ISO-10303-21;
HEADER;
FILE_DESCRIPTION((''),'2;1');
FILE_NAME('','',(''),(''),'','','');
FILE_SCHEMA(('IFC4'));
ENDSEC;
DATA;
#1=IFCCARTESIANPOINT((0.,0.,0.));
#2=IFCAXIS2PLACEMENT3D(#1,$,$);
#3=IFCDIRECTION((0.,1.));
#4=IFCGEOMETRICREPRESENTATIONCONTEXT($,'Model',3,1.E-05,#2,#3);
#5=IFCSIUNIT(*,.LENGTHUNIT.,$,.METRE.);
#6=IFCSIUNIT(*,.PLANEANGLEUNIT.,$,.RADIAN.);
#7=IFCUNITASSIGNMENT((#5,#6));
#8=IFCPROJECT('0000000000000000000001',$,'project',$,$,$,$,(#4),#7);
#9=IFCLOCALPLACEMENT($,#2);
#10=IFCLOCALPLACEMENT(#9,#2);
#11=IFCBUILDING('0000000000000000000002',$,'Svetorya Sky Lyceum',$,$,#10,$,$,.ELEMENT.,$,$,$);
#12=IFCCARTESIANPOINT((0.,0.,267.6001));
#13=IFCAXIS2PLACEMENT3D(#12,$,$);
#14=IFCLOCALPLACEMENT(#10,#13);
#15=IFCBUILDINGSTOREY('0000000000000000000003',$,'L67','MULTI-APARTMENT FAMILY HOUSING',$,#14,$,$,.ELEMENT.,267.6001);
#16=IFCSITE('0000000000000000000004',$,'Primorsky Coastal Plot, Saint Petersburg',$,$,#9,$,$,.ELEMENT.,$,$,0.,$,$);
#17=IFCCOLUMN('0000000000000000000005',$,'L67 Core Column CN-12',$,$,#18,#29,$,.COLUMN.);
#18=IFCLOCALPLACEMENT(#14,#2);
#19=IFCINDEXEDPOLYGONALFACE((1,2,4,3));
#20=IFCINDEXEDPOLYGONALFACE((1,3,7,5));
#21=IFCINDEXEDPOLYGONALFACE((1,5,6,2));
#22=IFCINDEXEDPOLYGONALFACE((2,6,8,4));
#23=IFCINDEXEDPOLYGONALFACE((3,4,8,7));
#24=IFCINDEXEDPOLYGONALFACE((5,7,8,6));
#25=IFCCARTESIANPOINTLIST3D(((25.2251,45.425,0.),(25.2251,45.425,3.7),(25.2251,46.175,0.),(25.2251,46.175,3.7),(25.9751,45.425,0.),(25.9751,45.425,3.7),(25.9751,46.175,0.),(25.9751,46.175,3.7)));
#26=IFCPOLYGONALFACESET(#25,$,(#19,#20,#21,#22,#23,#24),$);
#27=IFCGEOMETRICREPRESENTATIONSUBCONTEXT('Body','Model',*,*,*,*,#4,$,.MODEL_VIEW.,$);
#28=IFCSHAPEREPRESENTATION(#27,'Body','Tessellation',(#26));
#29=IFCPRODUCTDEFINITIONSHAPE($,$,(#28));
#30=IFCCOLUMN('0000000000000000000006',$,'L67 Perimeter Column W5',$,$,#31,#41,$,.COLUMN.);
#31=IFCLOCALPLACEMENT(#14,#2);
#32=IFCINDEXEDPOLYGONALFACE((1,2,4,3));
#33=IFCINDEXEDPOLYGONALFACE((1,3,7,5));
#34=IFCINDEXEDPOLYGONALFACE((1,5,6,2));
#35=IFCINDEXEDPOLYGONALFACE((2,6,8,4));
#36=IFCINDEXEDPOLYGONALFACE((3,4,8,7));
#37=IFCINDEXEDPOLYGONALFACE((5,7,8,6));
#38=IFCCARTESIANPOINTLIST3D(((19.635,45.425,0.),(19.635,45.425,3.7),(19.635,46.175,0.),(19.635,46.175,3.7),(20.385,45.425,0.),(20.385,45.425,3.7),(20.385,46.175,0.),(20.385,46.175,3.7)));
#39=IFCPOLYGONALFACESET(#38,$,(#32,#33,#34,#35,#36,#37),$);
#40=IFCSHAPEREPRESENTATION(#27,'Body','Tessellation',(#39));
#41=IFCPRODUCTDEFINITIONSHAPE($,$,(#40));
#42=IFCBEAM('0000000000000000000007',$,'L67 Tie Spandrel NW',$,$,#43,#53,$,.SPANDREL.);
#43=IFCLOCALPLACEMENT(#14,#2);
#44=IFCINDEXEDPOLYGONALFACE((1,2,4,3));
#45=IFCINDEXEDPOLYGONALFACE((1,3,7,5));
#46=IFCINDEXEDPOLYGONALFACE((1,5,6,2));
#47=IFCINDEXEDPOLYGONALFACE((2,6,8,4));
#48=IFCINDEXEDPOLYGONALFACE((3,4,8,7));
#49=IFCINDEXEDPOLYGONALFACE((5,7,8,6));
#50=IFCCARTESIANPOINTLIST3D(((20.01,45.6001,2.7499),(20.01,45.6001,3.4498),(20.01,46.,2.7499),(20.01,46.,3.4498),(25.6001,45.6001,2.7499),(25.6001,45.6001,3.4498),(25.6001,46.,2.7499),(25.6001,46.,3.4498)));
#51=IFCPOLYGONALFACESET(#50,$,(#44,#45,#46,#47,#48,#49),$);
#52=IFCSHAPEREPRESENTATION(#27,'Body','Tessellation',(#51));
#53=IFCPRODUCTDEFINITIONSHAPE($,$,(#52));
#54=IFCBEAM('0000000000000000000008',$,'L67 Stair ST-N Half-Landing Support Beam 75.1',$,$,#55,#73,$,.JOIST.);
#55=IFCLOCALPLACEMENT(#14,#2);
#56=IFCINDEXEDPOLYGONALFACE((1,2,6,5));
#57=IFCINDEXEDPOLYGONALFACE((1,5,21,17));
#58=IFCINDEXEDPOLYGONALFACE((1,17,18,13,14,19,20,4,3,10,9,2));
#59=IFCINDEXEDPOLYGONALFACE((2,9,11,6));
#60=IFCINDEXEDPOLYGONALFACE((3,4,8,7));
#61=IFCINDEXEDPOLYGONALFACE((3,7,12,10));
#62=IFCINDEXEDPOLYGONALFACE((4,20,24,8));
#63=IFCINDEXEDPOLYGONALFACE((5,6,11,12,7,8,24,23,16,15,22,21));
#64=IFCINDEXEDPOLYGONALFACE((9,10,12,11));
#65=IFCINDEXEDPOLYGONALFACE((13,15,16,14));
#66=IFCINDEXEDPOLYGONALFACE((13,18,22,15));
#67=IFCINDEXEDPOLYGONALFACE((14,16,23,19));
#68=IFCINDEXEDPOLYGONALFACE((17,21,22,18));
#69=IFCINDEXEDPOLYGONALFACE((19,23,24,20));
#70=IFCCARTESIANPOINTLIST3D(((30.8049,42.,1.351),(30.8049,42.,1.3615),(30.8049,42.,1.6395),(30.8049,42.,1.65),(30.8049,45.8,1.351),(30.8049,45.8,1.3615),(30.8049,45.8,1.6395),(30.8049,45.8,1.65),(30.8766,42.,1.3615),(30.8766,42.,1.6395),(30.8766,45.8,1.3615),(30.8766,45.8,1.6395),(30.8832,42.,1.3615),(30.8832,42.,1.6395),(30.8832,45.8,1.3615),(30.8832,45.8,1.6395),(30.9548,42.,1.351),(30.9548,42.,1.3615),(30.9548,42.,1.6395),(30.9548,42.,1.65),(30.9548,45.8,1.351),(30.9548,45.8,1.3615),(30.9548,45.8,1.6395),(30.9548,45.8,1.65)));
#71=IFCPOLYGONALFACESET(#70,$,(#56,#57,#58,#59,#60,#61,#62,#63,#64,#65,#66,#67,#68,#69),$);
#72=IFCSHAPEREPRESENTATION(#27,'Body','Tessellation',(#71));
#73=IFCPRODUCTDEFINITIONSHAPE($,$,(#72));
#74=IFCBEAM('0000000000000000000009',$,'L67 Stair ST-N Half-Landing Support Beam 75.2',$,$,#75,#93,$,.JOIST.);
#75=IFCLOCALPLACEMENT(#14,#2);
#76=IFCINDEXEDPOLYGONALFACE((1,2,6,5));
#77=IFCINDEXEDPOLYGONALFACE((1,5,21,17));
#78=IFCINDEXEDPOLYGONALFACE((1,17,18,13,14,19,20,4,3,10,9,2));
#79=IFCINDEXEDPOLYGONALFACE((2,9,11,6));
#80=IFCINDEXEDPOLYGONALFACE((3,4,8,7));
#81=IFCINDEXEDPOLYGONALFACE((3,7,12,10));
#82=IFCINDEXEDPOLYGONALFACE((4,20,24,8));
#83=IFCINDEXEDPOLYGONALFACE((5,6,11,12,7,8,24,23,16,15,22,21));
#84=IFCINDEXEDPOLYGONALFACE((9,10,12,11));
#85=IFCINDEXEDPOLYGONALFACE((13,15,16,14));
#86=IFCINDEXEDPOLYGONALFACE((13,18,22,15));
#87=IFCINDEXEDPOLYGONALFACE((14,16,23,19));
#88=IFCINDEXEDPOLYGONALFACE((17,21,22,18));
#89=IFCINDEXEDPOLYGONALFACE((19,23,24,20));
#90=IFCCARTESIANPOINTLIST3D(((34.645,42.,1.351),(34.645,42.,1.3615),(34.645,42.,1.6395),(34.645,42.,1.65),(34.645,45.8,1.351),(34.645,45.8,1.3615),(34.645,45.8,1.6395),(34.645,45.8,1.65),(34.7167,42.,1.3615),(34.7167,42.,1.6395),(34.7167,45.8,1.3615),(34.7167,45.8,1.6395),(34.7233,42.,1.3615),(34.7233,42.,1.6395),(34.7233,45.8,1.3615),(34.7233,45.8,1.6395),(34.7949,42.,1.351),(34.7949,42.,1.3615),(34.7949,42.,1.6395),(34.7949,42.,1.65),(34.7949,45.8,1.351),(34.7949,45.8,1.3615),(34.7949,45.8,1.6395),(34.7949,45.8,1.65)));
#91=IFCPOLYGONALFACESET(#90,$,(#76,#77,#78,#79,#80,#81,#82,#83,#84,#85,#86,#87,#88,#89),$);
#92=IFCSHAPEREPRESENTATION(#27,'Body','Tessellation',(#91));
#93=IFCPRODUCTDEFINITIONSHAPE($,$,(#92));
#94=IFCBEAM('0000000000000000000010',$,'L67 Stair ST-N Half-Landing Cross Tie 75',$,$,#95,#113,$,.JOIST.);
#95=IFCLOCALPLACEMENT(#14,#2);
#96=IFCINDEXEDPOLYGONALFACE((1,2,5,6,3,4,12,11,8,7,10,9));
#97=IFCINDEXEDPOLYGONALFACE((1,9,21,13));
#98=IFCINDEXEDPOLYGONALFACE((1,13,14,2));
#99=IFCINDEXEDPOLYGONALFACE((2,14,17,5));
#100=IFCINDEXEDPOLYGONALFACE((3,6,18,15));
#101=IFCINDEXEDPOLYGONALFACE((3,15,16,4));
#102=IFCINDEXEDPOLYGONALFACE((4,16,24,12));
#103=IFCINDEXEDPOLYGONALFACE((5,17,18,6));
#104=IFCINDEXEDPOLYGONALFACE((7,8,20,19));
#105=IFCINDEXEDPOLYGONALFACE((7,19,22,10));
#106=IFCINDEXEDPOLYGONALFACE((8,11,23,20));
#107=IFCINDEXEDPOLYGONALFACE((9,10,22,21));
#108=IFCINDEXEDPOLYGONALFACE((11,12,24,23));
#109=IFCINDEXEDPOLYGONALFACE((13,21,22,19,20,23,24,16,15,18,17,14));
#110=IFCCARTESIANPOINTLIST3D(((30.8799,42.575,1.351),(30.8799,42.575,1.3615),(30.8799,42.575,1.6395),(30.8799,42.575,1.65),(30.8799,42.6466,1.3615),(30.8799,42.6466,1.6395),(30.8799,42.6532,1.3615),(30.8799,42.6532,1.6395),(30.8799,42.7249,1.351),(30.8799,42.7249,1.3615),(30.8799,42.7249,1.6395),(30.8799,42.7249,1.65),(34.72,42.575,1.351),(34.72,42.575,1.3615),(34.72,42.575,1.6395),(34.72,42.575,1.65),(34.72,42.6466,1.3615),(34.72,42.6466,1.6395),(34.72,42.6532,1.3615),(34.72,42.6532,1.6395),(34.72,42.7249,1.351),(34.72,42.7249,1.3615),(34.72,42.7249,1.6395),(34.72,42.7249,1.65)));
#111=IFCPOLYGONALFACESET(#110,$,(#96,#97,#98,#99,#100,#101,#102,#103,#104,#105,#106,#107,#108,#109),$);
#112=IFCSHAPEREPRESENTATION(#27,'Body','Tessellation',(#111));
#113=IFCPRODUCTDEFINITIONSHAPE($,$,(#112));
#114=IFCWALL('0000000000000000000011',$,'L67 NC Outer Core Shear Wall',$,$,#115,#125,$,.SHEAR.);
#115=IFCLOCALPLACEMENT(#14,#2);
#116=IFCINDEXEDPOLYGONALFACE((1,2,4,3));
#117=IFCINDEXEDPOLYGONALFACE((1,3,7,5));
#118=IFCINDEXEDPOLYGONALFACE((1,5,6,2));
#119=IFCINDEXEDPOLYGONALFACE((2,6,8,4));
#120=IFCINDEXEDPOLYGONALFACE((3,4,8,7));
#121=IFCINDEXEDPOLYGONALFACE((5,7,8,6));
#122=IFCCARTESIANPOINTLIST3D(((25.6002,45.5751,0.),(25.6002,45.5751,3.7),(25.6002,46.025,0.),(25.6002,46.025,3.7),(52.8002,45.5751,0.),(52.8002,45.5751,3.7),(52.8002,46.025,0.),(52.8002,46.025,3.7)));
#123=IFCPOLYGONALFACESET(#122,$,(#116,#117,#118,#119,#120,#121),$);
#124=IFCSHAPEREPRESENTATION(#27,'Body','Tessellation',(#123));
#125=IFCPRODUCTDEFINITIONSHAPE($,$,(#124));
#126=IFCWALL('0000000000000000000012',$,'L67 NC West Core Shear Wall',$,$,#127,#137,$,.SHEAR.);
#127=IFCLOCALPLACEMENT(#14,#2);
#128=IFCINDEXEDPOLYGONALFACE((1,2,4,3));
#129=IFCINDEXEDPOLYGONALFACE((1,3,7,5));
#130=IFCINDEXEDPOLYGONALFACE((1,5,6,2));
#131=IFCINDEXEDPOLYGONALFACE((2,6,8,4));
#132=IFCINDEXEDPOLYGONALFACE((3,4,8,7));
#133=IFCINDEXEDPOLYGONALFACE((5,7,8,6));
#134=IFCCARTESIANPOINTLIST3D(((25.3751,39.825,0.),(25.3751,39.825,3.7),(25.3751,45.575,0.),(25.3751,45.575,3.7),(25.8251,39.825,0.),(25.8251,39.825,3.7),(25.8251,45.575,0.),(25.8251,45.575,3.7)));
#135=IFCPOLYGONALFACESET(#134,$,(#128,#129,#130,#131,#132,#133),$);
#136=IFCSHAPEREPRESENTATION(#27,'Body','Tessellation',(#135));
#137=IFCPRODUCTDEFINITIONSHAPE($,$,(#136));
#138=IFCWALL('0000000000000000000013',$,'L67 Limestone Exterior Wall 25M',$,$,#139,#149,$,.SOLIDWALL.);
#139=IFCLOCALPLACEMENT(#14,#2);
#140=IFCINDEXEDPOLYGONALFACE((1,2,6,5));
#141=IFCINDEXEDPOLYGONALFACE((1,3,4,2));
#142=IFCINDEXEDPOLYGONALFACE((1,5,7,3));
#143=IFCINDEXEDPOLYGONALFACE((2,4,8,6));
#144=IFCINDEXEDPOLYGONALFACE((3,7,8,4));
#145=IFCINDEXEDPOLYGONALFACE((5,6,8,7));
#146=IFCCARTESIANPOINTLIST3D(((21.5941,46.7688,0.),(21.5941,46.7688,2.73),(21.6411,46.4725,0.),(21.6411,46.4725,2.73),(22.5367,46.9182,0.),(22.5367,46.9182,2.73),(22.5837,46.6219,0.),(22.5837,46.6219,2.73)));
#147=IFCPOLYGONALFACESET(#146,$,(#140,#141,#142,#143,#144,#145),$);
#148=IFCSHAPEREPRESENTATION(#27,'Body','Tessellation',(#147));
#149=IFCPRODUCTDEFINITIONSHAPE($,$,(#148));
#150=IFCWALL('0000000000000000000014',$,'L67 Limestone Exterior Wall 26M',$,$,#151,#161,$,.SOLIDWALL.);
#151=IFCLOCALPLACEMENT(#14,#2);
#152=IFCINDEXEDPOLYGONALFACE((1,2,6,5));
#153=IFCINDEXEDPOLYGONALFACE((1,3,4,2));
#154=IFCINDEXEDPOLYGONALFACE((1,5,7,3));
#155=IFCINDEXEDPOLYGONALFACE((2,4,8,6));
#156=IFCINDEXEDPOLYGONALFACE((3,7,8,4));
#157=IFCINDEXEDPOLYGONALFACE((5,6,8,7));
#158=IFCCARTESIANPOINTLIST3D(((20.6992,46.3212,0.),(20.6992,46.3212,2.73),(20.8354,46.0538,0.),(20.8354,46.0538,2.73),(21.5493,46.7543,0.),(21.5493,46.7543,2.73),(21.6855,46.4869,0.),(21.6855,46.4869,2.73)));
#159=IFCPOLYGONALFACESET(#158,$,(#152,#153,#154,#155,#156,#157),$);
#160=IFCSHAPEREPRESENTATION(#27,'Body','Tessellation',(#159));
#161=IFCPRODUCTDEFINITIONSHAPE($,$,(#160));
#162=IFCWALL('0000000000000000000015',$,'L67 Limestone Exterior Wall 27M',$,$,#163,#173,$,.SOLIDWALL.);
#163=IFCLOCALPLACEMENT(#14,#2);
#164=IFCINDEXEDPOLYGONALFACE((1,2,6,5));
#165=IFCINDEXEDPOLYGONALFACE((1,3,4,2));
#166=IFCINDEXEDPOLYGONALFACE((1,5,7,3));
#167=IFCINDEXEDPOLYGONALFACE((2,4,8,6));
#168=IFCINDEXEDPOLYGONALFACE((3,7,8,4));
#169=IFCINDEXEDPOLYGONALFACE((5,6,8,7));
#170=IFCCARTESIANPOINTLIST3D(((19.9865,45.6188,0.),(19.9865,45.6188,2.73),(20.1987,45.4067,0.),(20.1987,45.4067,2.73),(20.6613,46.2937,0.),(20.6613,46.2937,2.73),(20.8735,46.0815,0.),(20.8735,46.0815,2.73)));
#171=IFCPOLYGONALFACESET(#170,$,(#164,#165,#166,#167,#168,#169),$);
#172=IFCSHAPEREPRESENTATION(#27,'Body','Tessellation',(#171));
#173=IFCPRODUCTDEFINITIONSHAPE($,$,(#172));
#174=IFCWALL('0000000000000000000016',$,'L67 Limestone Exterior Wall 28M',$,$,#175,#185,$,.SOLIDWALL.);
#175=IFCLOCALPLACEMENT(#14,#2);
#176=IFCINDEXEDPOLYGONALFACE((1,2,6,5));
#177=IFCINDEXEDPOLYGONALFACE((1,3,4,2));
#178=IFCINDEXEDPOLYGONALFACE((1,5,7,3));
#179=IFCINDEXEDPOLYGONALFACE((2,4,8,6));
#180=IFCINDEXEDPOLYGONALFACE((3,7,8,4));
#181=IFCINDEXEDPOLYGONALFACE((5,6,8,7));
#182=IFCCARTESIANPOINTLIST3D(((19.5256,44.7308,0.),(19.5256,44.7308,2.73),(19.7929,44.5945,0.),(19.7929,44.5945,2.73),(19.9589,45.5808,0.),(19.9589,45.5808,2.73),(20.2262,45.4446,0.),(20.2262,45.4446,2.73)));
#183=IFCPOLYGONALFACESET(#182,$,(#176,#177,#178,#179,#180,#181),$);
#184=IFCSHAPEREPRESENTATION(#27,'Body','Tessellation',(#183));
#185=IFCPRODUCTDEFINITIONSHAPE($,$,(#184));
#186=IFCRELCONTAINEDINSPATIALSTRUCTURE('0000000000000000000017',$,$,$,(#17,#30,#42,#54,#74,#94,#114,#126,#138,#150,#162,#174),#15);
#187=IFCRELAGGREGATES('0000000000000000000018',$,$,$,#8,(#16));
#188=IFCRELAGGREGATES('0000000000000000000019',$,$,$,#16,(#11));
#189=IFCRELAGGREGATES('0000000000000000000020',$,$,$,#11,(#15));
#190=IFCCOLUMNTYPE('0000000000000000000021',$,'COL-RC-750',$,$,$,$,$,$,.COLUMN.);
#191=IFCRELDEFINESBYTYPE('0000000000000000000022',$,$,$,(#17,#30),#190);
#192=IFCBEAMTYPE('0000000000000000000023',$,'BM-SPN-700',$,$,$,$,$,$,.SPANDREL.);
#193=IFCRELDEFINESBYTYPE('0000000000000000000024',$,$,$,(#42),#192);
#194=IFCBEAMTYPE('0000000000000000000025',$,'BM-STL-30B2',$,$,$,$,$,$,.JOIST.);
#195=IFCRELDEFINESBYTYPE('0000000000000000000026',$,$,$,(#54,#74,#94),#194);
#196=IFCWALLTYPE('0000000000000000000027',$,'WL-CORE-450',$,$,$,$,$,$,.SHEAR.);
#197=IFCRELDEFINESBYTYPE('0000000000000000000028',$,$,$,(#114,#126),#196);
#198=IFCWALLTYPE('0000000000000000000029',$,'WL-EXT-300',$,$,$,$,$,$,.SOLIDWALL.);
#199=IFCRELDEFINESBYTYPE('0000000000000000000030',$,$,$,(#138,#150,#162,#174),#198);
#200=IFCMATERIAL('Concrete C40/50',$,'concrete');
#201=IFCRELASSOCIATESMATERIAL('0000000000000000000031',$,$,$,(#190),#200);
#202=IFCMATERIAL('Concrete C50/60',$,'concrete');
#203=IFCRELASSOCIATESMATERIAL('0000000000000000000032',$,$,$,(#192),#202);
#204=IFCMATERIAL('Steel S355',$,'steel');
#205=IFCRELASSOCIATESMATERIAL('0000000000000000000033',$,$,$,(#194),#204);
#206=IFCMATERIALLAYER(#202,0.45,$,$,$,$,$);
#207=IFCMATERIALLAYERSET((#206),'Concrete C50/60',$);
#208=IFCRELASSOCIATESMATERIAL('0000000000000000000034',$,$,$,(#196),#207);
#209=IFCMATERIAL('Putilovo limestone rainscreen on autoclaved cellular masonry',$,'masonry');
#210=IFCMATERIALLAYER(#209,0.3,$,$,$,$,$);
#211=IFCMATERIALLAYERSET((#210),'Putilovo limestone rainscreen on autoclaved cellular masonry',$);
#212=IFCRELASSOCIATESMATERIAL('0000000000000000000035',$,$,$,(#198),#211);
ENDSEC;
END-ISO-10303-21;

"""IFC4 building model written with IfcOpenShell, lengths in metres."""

from ifc_helpers import new_model, si_unit, direction, frame, frame_2d, origin, origin_2d, place, context, subcontext, project, spatial, rectangle, i_section, extrude, material, layer, layer_set, material_profile, profile_set, type_object, element, save


model = new_model("IFC4")

# Units and contexts
model_context = context("Model", 3, precision=1e-05, world=origin(), true_north=direction((0.0, 1.0)))
body_context = subcontext(model_context, "Body", "Model", "MODEL_VIEW")
ifc_project = project(units=[si_unit("LENGTHUNIT", "METRE"), si_unit("PLANEANGLEUNIT", "RADIAN")], contexts=[model_context])

# Site, building, storey
site_placement = place(None, origin())
site = spatial("IfcSite", under=ifc_project, at=site_placement, Name="Primorsky Coastal Plot, Saint Petersburg", CompositionType="ELEMENT", RefElevation=0.0)
building_placement = place(site_placement, origin())
building = spatial("IfcBuilding", under=site, at=building_placement, Name="Svetorya Sky Lyceum", CompositionType="ELEMENT")
storey_placement = place(building_placement, frame((0.0, 0.0, 267.6001)))
storey = spatial("IfcBuildingStorey", under=building, at=storey_placement, Name="L67", Description="MULTI-APARTMENT FAMILY HOUSING", CompositionType="ELEMENT", Elevation=267.6001)

# Columns
ifc_material_1 = material(Name="Concrete C40/50", Category="concrete")
ifc_material_profile_1 = material_profile(ifc_material_1, rectangle(XDim=0.75, YDim=0.75, at=origin_2d()), Name="RC COL 750x750")
ifc_profile_set_1 = profile_set([ifc_material_profile_1], Name="Concrete C40/50")
column_type = type_object("IfcColumnType", Name="COL-RC-750", PredefinedType="COLUMN", material=ifc_profile_set_1)
for number, where, z_axis, x_axis, name in (
    (1, (25.6001, 45.8, 0.0), (0.0, 0.0, 1.0), (1.0, 0.0, 0.0), "L67 Core Column CN-12"),
    (2, (20.01, 45.8, 0.0), (0.0, 0.0, 1.0), (1.0, 0.0, 0.0), "L67 Perimeter Column W5"),
):
    element("IfcColumn", number, at=place(storey_placement, frame(where, z_axis=z_axis, x_axis=x_axis)), inside=storey, type_object=column_type, Name=name, PredefinedType="COLUMN", context=body_context, shape_type="SweptSolid", body=[
        extrude(rectangle(XDim=0.75, YDim=0.75, at=origin_2d()), origin(), (0.0, 0.0, 1.0), 3.7),
    ])

# Beams
ifc_material_2 = material(Name="Concrete C50/60", Category="concrete")
ifc_material_profile_2 = material_profile(ifc_material_2, rectangle(XDim=0.3999, YDim=0.7, at=origin_2d()), Name="RC SPANDREL 400x700")
ifc_profile_set_2 = profile_set([ifc_material_profile_2], Name="Concrete C50/60")
beam_type_1 = type_object("IfcBeamType", Name="BM-SPN-700", PredefinedType="SPANDREL", material=ifc_profile_set_2)
beam_1_placement = place(storey_placement, frame((20.01, 45.8, 3.0999), z_axis=(1.0, 0.0, 0.0), x_axis=(0.0, 1.0, 0.0)))
element("IfcBeam", 3, at=beam_1_placement, inside=storey, type_object=beam_type_1, Name="L67 Tie Spandrel NW", PredefinedType="SPANDREL", context=body_context, shape_type="SweptSolid", body=[
    extrude(rectangle(XDim=0.3999, YDim=0.7, at=origin_2d()), origin(), (0.0, 0.0, 1.0), 5.5901),
])
ifc_material_3 = material(Name="Steel S355", Category="steel")
ifc_material_profile_3 = material_profile(ifc_material_3, i_section(OverallWidth=0.1499, OverallDepth=0.2991, WebThickness=0.0066, FlangeThickness=0.0105, at=origin_2d()), Name="GOST 30B2")
ifc_profile_set_3 = profile_set([ifc_material_profile_3], Name="Steel S355")
beam_type_2 = type_object("IfcBeamType", Name="BM-STL-30B2", PredefinedType="JOIST", material=ifc_profile_set_3)
for number, where, z_axis, x_axis, name in (
    (4, (30.8799, 42.0, 1.5005), (0.0, 1.0, 0.0), (-1.0, 0.0, 0.0), "L67 Stair ST-N Half-Landing Support Beam 75.1"),
    (5, (34.72, 42.0, 1.5005), (0.0, 1.0, 0.0), (-1.0, 0.0, 0.0), "L67 Stair ST-N Half-Landing Support Beam 75.2"),
):
    element("IfcBeam", number, at=place(storey_placement, frame(where, z_axis=z_axis, x_axis=x_axis)), inside=storey, type_object=beam_type_2, Name=name, PredefinedType="JOIST", context=body_context, shape_type="SweptSolid", body=[
        extrude(i_section(OverallWidth=0.1499, OverallDepth=0.2991, WebThickness=0.0066, FlangeThickness=0.0105, at=origin_2d()), origin(), (0.0, 0.0, 1.0), 3.8),
    ])
beam_2_placement = place(storey_placement, frame((30.8799, 42.6499, 1.5005), z_axis=(1.0, 0.0, 0.0), x_axis=(0.0, 1.0, 0.0)))
element("IfcBeam", 6, at=beam_2_placement, inside=storey, type_object=beam_type_2, Name="L67 Stair ST-N Half-Landing Cross Tie 75", PredefinedType="JOIST", context=body_context, shape_type="SweptSolid", body=[
    extrude(i_section(OverallWidth=0.1499, OverallDepth=0.2991, WebThickness=0.0066, FlangeThickness=0.0105, at=origin_2d()), origin(), (0.0, 0.0, 1.0), 3.8401),
])

# Walls
ifc_layer_1 = layer(ifc_material_2, 0.45)
ifc_layer_set_1 = layer_set([ifc_layer_1], Name="Concrete C50/60")
wall_type_1 = type_object("IfcWallType", Name="WL-CORE-450", PredefinedType="SHEAR", material=ifc_layer_set_1)
wall_1_placement = place(storey_placement, frame((25.6001, 45.8, 0.0), z_axis=(0.0, 0.0, 1.0), x_axis=(1.0, 0.0, 0.0)))
element("IfcWall", 7, at=wall_1_placement, inside=storey, type_object=wall_type_1, Name="L67 NC Outer Core Shear Wall", PredefinedType="SHEAR", context=body_context, shape_type="SweptSolid", body=[
    extrude(rectangle(XDim=27.2, YDim=0.45, at=frame_2d((13.6001, 0.0))), origin(), (0.0, 0.0, 1.0), 3.7),
])
wall_2_placement = place(storey_placement, frame((25.6001, 39.825, 0.0), z_axis=(0.0, 0.0, 1.0), x_axis=(0.0, 1.0, 0.0)))
element("IfcWall", 8, at=wall_2_placement, inside=storey, type_object=wall_type_1, Name="L67 NC West Core Shear Wall", PredefinedType="SHEAR", context=body_context, shape_type="SweptSolid", body=[
    extrude(rectangle(XDim=5.75, YDim=0.45, at=frame_2d((2.875, 0.0))), origin(), (0.0, 0.0, 1.0), 3.7),
])
ifc_material_4 = material(Name="Putilovo limestone rainscreen on autoclaved cellular masonry", Category="masonry")
ifc_layer_2 = layer(ifc_material_4, 0.3)
ifc_layer_set_2 = layer_set([ifc_layer_2], Name="Putilovo limestone rainscreen on autoclaved cellular masonry")
wall_type_2 = type_object("IfcWallType", Name="WL-EXT-300", PredefinedType="SOLIDWALL", material=ifc_layer_set_2)
wall_3_placement = place(storey_placement, frame((22.5601, 46.77, 0.0), z_axis=(0.0, 0.0, 1.0), x_axis=(-0.987669, -0.156554, 0.0)))
element("IfcWall", 9, at=wall_3_placement, inside=storey, type_object=wall_type_2, Name="L67 Limestone Exterior Wall 25M", PredefinedType="SOLIDWALL", context=body_context, shape_type="SweptSolid", body=[
    extrude(rectangle(XDim=0.9543, YDim=0.3, at=frame_2d((0.4771, 0.0))), origin(), (0.0, 0.0, 1.0), 2.73),
])
wall_4_placement = place(storey_placement, frame((21.6174, 46.6206, 0.0), z_axis=(0.0, 0.0, 1.0), x_axis=(-0.891024, -0.453956, 0.0)))
element("IfcWall", 10, at=wall_4_placement, inside=storey, type_object=wall_type_2, Name="L67 Limestone Exterior Wall 26M", PredefinedType="SOLIDWALL", context=body_context, shape_type="SweptSolid", body=[
    extrude(rectangle(XDim=0.9541, YDim=0.3, at=frame_2d((0.4771, 0.0))), origin(), (0.0, 0.0, 1.0), 2.73),
])
wall_5_placement = place(storey_placement, frame((20.7673, 46.1875, 0.0), z_axis=(0.0, 0.0, 1.0), x_axis=(-0.707107, -0.707107, 0.0)))
element("IfcWall", 11, at=wall_5_placement, inside=storey, type_object=wall_type_2, Name="L67 Limestone Exterior Wall 27M", PredefinedType="SOLIDWALL", context=body_context, shape_type="SweptSolid", body=[
    extrude(rectangle(XDim=0.9543, YDim=0.3, at=frame_2d((0.4771, 0.0))), origin(), (0.0, 0.0, 1.0), 2.73),
])
wall_6_placement = place(storey_placement, frame((20.0925, 45.5127, 0.0), z_axis=(0.0, 0.0, 1.0), x_axis=(-0.45416, -0.89092, 0.0)))
element("IfcWall", 12, at=wall_6_placement, inside=storey, type_object=wall_type_2, Name="L67 Limestone Exterior Wall 28M", PredefinedType="SOLIDWALL", context=body_context, shape_type="SweptSolid", body=[
    extrude(rectangle(XDim=0.9541, YDim=0.3, at=frame_2d((0.4771, 0.0))), origin(), (0.0, 0.0, 1.0), 2.73),
])

save(model, "model.ifc")
